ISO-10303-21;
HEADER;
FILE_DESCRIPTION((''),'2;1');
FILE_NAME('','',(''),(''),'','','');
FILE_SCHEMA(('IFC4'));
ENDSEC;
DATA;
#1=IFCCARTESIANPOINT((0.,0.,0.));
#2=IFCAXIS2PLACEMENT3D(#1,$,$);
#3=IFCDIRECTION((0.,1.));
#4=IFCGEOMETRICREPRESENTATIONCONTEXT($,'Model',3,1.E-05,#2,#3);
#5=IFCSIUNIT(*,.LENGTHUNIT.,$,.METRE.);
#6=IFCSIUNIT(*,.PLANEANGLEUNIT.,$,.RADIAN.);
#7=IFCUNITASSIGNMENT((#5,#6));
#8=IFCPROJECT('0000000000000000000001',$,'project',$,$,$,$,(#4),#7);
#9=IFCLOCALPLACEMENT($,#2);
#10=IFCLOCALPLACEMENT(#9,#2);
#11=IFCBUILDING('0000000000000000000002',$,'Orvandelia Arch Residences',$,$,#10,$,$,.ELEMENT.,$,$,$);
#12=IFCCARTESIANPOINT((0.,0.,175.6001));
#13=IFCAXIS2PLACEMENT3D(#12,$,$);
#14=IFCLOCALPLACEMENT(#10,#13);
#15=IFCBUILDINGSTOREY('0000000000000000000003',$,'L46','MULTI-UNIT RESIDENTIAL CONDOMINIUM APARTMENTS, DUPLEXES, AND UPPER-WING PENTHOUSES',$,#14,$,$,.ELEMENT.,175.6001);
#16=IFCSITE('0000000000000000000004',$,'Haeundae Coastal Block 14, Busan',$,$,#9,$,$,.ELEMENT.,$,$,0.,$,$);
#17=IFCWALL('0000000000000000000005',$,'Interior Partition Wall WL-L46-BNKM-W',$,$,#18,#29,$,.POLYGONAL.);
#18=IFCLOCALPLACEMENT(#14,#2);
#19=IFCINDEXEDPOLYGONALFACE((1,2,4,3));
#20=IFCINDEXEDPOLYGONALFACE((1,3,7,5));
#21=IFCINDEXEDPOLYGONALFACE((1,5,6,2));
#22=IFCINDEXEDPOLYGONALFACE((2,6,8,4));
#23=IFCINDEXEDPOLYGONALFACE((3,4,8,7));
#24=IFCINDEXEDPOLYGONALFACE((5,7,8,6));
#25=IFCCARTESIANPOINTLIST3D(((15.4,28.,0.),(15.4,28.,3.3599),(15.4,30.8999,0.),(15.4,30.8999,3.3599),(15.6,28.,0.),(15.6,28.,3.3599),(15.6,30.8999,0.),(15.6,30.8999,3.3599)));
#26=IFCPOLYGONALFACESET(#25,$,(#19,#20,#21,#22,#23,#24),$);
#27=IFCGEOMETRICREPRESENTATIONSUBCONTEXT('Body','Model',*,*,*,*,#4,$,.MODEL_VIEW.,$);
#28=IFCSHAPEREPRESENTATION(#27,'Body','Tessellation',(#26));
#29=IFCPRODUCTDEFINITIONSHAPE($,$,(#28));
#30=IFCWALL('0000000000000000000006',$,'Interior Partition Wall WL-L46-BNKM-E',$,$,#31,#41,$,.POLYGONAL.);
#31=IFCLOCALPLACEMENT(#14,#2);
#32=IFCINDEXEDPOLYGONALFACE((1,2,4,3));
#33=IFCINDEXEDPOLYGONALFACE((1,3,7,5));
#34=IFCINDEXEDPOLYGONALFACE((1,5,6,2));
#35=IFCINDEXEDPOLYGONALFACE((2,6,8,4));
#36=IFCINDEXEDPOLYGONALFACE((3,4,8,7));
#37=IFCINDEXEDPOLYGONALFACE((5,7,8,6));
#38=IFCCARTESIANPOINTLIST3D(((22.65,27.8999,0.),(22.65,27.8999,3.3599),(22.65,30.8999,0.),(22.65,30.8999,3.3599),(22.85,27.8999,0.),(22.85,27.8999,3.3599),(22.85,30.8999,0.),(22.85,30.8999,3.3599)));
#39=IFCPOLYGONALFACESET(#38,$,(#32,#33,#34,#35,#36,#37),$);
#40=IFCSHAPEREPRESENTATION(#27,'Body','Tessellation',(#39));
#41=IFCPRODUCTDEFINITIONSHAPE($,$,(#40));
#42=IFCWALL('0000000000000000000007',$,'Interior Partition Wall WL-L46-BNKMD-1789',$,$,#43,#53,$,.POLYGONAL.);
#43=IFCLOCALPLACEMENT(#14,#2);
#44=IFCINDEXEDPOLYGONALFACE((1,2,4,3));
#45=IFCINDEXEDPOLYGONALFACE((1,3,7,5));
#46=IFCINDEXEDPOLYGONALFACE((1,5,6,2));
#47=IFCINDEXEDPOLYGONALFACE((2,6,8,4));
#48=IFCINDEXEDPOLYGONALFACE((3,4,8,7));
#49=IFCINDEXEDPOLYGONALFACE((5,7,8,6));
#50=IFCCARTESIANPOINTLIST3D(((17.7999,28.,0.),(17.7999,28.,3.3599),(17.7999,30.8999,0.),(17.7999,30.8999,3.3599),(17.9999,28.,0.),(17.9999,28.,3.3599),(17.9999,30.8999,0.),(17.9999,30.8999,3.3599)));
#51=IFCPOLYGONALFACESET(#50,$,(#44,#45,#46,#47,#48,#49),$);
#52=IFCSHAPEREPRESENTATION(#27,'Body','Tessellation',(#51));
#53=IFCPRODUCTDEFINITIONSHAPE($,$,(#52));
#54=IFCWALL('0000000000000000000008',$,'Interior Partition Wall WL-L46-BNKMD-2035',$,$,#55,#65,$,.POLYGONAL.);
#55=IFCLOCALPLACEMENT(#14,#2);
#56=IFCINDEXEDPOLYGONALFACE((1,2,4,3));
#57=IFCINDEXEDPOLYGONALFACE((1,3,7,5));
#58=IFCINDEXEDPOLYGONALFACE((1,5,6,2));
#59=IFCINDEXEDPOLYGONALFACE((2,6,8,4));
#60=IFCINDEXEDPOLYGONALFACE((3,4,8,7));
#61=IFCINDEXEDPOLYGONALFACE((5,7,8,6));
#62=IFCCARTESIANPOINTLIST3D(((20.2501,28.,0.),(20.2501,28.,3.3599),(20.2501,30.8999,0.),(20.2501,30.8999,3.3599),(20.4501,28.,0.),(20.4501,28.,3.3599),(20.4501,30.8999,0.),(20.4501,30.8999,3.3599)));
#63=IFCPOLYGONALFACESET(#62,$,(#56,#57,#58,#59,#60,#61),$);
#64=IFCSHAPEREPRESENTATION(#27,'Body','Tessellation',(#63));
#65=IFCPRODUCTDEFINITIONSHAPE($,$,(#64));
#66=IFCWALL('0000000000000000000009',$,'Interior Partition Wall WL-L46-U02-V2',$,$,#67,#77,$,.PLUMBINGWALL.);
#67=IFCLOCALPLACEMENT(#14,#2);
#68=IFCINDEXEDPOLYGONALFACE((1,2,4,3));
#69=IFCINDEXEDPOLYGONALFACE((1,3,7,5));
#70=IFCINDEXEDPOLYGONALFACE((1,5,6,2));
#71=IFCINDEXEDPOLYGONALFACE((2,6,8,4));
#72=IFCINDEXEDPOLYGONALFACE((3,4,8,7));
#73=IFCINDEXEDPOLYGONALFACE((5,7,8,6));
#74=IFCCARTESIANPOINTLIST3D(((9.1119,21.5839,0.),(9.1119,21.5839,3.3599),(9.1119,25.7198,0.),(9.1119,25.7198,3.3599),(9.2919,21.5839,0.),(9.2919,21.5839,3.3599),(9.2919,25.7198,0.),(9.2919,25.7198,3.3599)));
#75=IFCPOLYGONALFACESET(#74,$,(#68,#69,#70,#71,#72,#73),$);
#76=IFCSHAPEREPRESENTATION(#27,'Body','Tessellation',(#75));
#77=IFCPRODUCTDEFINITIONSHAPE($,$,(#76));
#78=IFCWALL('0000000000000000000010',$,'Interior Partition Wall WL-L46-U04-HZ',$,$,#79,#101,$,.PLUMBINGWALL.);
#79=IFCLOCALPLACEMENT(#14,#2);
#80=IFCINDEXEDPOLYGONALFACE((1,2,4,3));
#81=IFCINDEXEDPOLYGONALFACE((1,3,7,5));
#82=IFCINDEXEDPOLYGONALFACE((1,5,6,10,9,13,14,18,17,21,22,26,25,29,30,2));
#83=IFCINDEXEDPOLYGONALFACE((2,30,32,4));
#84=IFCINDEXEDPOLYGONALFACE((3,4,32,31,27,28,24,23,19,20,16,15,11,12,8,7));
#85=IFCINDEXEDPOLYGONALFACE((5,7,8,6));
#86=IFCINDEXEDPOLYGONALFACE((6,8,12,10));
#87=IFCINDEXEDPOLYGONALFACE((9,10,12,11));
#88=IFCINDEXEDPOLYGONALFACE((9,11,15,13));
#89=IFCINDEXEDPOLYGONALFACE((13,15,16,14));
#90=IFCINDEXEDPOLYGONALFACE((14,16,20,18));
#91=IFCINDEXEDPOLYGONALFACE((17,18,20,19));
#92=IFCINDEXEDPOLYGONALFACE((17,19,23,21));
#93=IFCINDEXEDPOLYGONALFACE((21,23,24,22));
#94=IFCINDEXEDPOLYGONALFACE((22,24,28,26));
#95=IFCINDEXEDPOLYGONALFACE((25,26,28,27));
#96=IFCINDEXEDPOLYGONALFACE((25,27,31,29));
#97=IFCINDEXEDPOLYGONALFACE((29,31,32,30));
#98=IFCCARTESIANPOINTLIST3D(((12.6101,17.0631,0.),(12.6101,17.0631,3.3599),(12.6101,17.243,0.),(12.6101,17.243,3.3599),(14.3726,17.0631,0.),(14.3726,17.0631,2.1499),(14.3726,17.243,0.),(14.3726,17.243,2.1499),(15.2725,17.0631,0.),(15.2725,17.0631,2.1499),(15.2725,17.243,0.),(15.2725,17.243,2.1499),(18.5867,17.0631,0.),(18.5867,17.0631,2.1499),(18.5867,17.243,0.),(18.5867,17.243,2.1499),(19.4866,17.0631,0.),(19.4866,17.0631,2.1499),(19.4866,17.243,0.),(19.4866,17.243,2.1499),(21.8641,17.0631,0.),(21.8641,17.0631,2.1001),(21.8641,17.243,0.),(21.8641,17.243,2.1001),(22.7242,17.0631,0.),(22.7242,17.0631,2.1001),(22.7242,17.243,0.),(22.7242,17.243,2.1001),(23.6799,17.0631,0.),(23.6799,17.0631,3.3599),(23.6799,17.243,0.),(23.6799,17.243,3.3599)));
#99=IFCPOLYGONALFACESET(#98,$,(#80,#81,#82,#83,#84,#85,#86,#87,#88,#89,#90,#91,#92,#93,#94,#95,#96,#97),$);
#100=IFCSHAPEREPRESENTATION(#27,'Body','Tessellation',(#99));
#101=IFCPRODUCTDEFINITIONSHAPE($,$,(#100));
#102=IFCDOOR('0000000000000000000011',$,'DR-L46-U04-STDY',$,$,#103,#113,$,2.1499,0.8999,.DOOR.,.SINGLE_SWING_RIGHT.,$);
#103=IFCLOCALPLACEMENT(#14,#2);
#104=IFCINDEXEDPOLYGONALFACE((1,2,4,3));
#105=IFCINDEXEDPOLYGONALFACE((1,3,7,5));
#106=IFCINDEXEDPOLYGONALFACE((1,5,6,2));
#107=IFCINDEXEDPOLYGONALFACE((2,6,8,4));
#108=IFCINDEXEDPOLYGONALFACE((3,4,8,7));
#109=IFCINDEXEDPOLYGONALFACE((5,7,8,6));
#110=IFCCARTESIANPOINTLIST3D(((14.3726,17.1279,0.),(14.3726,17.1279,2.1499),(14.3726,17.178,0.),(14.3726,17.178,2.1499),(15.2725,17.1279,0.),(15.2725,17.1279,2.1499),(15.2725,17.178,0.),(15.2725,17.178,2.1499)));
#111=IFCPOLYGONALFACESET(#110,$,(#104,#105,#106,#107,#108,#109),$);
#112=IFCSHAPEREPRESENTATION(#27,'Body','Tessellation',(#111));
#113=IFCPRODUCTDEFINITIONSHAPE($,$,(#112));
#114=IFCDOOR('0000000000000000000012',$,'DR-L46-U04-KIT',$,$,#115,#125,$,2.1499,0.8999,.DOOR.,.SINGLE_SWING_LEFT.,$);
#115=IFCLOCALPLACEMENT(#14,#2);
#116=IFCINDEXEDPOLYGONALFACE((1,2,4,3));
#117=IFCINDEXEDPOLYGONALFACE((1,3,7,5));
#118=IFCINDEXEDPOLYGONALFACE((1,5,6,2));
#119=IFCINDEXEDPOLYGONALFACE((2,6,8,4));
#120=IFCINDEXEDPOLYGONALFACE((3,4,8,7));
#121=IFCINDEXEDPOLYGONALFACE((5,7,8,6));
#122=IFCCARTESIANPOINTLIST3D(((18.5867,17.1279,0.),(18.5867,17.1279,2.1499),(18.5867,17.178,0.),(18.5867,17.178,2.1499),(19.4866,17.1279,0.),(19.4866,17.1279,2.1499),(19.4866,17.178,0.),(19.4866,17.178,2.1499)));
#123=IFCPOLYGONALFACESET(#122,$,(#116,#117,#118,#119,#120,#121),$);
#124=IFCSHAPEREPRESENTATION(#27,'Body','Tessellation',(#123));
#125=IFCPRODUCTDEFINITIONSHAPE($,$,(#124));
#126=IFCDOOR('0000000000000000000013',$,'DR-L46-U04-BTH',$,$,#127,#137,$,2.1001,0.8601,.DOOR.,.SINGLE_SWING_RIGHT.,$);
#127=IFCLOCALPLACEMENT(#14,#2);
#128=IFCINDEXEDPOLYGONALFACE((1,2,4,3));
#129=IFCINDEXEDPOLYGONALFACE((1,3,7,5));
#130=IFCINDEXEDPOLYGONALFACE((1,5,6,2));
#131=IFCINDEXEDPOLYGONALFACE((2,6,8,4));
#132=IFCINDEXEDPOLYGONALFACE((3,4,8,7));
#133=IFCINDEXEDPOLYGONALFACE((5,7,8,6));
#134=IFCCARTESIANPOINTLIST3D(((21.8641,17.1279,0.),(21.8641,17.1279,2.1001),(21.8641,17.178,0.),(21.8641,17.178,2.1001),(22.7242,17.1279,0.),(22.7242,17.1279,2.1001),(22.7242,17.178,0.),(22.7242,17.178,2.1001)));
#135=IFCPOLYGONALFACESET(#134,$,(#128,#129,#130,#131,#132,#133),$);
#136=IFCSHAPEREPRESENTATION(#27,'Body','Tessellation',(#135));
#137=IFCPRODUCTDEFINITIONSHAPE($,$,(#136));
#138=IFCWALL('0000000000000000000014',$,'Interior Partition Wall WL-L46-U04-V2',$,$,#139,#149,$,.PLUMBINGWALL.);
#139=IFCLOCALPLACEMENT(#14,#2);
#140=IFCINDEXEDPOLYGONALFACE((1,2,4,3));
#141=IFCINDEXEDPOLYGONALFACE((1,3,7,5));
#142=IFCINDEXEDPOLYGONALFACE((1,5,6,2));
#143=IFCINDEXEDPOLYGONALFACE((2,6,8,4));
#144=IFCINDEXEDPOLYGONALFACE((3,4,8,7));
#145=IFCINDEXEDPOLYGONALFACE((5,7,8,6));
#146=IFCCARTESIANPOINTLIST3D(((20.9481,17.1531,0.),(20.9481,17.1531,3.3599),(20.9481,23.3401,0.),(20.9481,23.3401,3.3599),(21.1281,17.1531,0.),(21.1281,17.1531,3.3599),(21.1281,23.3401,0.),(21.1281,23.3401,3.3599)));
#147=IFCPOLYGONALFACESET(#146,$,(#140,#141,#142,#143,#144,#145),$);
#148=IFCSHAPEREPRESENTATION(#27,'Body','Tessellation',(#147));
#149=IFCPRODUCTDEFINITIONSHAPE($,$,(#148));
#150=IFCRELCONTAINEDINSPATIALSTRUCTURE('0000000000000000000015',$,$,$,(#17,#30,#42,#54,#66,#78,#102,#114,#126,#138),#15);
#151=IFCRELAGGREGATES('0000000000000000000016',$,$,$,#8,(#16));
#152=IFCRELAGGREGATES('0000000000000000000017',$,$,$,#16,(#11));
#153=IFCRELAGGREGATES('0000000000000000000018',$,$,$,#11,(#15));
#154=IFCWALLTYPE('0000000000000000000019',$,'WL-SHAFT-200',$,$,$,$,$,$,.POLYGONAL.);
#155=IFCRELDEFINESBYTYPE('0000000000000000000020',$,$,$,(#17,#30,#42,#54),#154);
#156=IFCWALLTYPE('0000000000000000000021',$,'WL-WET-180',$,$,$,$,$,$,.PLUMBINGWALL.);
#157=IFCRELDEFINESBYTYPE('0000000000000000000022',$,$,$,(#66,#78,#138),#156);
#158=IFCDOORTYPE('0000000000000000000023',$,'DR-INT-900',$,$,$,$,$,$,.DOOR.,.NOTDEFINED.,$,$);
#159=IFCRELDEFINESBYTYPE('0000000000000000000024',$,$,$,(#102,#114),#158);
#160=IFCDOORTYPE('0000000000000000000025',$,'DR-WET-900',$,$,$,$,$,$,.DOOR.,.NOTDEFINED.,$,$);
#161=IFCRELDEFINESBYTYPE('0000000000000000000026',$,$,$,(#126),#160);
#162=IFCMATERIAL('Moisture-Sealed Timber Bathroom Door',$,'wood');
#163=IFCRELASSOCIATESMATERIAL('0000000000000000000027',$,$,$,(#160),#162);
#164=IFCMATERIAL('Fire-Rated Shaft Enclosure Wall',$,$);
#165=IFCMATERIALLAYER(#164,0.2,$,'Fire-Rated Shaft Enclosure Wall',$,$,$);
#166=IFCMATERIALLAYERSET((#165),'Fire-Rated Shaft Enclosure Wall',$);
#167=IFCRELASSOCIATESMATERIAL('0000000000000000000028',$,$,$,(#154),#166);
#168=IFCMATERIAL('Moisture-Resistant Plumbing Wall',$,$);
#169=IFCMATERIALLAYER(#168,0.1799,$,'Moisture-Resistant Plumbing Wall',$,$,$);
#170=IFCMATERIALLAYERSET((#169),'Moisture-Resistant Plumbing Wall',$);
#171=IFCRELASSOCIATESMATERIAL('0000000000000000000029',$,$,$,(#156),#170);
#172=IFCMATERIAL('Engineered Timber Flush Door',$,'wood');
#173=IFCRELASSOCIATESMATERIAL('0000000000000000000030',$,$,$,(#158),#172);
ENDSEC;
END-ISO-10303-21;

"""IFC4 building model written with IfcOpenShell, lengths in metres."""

from ifc_helpers import new_model, si_unit, direction, frame, frame_2d, origin, place, context, subcontext, project, spatial, rectangle, extrude, material, layer, layer_set, type_object, element, fill, save


model = new_model("IFC4")

# Units and contexts
model_context = context("Model", 3, precision=1e-05, world=origin(), true_north=direction((0.0, 1.0)))
body_context = subcontext(model_context, "Body", "Model", "MODEL_VIEW")
ifc_project = project(units=[si_unit("LENGTHUNIT", "METRE"), si_unit("PLANEANGLEUNIT", "RADIAN")], contexts=[model_context])

# Site, building, storey
site_placement = place(None, origin())
site = spatial("IfcSite", under=ifc_project, at=site_placement, Name="Haeundae Coastal Block 14, Busan", CompositionType="ELEMENT", RefElevation=0.0)
building_placement = place(site_placement, origin())
building = spatial("IfcBuilding", under=site, at=building_placement, Name="Orvandelia Arch Residences", CompositionType="ELEMENT")
storey_placement = place(building_placement, frame((0.0, 0.0, 175.6001)))
storey = spatial("IfcBuildingStorey", under=building, at=storey_placement, Name="L46", Description="MULTI-UNIT RESIDENTIAL CONDOMINIUM APARTMENTS, DUPLEXES, AND UPPER-WING PENTHOUSES", CompositionType="ELEMENT", Elevation=175.6001)

# Shared definitions
ifc_material_1 = material(Name="Moisture-Sealed Timber Bathroom Door", Category="wood")
door_type_1 = type_object("IfcDoorType", Name="DR-WET-900", OperationType="NOTDEFINED", PredefinedType="DOOR", material=ifc_material_1)

# Shared definitions
ifc_material_2 = material(Name="Fire-Rated Shaft Enclosure Wall")
ifc_layer_1 = layer(ifc_material_2, 0.2, Name="Fire-Rated Shaft Enclosure Wall")
ifc_layer_set_1 = layer_set([ifc_layer_1], Name="Fire-Rated Shaft Enclosure Wall")
wall_type_1 = type_object("IfcWallType", Name="WL-SHAFT-200", PredefinedType="POLYGONAL", material=ifc_layer_set_1)

# Walls
wall_1_placement = place(storey_placement, frame((15.5, 28.0, 0.0), z_axis=(0.0, 0.0, 1.0), x_axis=(0.0, 1.0, 0.0)))
element("IfcWall", 1, at=wall_1_placement, inside=storey, type_object=wall_type_1, Name="Interior Partition Wall WL-L46-BNKM-W", PredefinedType="POLYGONAL", context=body_context, shape_type="SweptSolid", body=[
    extrude(rectangle(XDim=2.8999, YDim=0.2, at=frame_2d((1.45, 0.0))), origin(), (0.0, 0.0, 1.0), 3.3599),
])
wall_2_placement = place(storey_placement, frame((22.75, 27.8999, 0.0), z_axis=(0.0, 0.0, 1.0), x_axis=(0.0, 1.0, 0.0)))
element("IfcWall", 2, at=wall_2_placement, inside=storey, type_object=wall_type_1, Name="Interior Partition Wall WL-L46-BNKM-E", PredefinedType="POLYGONAL", context=body_context, shape_type="SweptSolid", body=[
    extrude(rectangle(XDim=3.0, YDim=0.2, at=frame_2d((1.5, 0.0))), origin(), (0.0, 0.0, 1.0), 3.3599),
])
for number, where, z_axis, x_axis, name in (
    (3, (17.8999, 28.0, 0.0), (0.0, 0.0, 1.0), (0.0, 1.0, 0.0), "Interior Partition Wall WL-L46-BNKMD-1789"),
    (4, (20.3501, 28.0, 0.0), (0.0, 0.0, 1.0), (0.0, 1.0, 0.0), "Interior Partition Wall WL-L46-BNKMD-2035"),
):
    element("IfcWall", number, at=place(storey_placement, frame(where, z_axis=z_axis, x_axis=x_axis)), inside=storey, type_object=wall_type_1, Name=name, PredefinedType="POLYGONAL", context=body_context, shape_type="SweptSolid", body=[
        extrude(rectangle(XDim=2.8999, YDim=0.2, at=frame_2d((1.45, 0.0))), origin(), (0.0, 0.0, 1.0), 3.3599),
    ])
ifc_material_3 = material(Name="Moisture-Resistant Plumbing Wall")
ifc_layer_2 = layer(ifc_material_3, 0.1799, Name="Moisture-Resistant Plumbing Wall")
ifc_layer_set_2 = layer_set([ifc_layer_2], Name="Moisture-Resistant Plumbing Wall")
wall_type_2 = type_object("IfcWallType", Name="WL-WET-180", PredefinedType="PLUMBINGWALL", material=ifc_layer_set_2)
wall_3_placement = place(storey_placement, frame((9.2019, 21.584, 0.0), z_axis=(0.0, 0.0, 1.0), x_axis=(0.0, 1.0, 0.0)))
element("IfcWall", 5, at=wall_3_placement, inside=storey, type_object=wall_type_2, Name="Interior Partition Wall WL-L46-U02-V2", PredefinedType="PLUMBINGWALL", context=body_context, shape_type="SweptSolid", body=[
    extrude(rectangle(XDim=4.136, YDim=0.1799, at=frame_2d((2.0679, 0.0))), origin(), (0.0, 0.0, 1.0), 3.3599),
])

# Wall, openings, doors
wall_4_placement = place(storey_placement, frame((12.6101, 17.1531, 0.0), z_axis=(0.0, 0.0, 1.0), x_axis=(1.0, 0.0, 0.0)))
wall_4 = element("IfcWall", 6, at=wall_4_placement, inside=storey, type_object=wall_type_2, Name="Interior Partition Wall WL-L46-U04-HZ", PredefinedType="PLUMBINGWALL", context=body_context, shape_type="SweptSolid", body=[
    extrude(rectangle(XDim=11.0698, YDim=0.1799, at=frame_2d((5.5349, 0.0))), origin(), (0.0, 0.0, 1.0), 3.3599),
])
opening_1_placement = place(wall_4_placement, frame((1.7625, 0.0, 0.0)))
opening_1 = element("IfcOpeningElement", 7, at=opening_1_placement, cuts=wall_4, PredefinedType="OPENING", context=body_context, shape_type="SweptSolid", body=[
    extrude(rectangle(XDim=0.8999, YDim=2.1499, at=frame_2d((0.45, 1.075))), frame((0.0, 0.1001, 0.0), z_axis=(0.0, -1.0, 0.0), x_axis=(1.0, 0.0, 0.0)), (0.0, 0.0, 1.0), 0.2),
])
opening_2_placement = place(wall_4_placement, frame((5.9766, 0.0, 0.0)))
opening_2 = element("IfcOpeningElement", 8, at=opening_2_placement, cuts=wall_4, PredefinedType="OPENING", context=body_context, shape_type="SweptSolid", body=[
    extrude(rectangle(XDim=0.8999, YDim=2.1499, at=frame_2d((0.45, 1.075))), frame((0.0, 0.1001, 0.0), z_axis=(0.0, -1.0, 0.0), x_axis=(1.0, 0.0, 0.0)), (0.0, 0.0, 1.0), 0.2),
])
opening_3_placement = place(wall_4_placement, frame((9.2539, 0.0, 0.0)))
opening_3 = element("IfcOpeningElement", 9, at=opening_3_placement, cuts=wall_4, PredefinedType="OPENING", context=body_context, shape_type="SweptSolid", body=[
    extrude(rectangle(XDim=0.8601, YDim=2.1001, at=frame_2d((0.4302, 1.05))), frame((0.0, 0.1001, 0.0), z_axis=(0.0, -1.0, 0.0), x_axis=(1.0, 0.0, 0.0)), (0.0, 0.0, 1.0), 0.2),
])
ifc_material_4 = material(Name="Engineered Timber Flush Door", Category="wood")
door_type_2 = type_object("IfcDoorType", Name="DR-INT-900", OperationType="NOTDEFINED", PredefinedType="DOOR", material=ifc_material_4)
door_1_placement = place(opening_1_placement, origin())
door_1 = element("IfcDoor", 10, at=door_1_placement, inside=storey, type_object=door_type_2, Name="DR-L46-U04-STDY", OperationType="SINGLE_SWING_RIGHT", OverallHeight=2.1499, OverallWidth=0.8999, PredefinedType="DOOR", context=body_context, shape_type="SweptSolid", body=[
    extrude(rectangle(XDim=0.8999, YDim=2.1499, at=frame_2d((0.45, 1.075))), frame((0.0, 0.0249, 0.0), z_axis=(0.0, -1.0, 0.0), x_axis=(1.0, 0.0, 0.0)), (0.0, 0.0, 1.0), 0.05),
])
fill(opening_1, door_1)
door_2_placement = place(opening_2_placement, origin())
door_2 = element("IfcDoor", 11, at=door_2_placement, inside=storey, type_object=door_type_2, Name="DR-L46-U04-KIT", OperationType="SINGLE_SWING_LEFT", OverallHeight=2.1499, OverallWidth=0.8999, PredefinedType="DOOR", context=body_context, shape_type="SweptSolid", body=[
    extrude(rectangle(XDim=0.8999, YDim=2.1499, at=frame_2d((0.45, 1.075))), frame((0.0, 0.0249, 0.0), z_axis=(0.0, -1.0, 0.0), x_axis=(1.0, 0.0, 0.0)), (0.0, 0.0, 1.0), 0.05),
])
fill(opening_2, door_2)
door_3_placement = place(opening_3_placement, origin())
door_3 = element("IfcDoor", 12, at=door_3_placement, inside=storey, type_object=door_type_1, Name="DR-L46-U04-BTH", OperationType="SINGLE_SWING_RIGHT", OverallHeight=2.1001, OverallWidth=0.8601, PredefinedType="DOOR", context=body_context, shape_type="SweptSolid", body=[
    extrude(rectangle(XDim=0.8601, YDim=2.1001, at=frame_2d((0.4302, 1.05))), frame((0.0, 0.0249, 0.0), z_axis=(0.0, -1.0, 0.0), x_axis=(1.0, 0.0, 0.0)), (0.0, 0.0, 1.0), 0.05),
])
fill(opening_3, door_3)

# Wall
wall_5_placement = place(storey_placement, frame((21.0381, 17.1531, 0.0), z_axis=(0.0, 0.0, 1.0), x_axis=(0.0, 1.0, 0.0)))
element("IfcWall", 13, at=wall_5_placement, inside=storey, type_object=wall_type_2, Name="Interior Partition Wall WL-L46-U04-V2", PredefinedType="PLUMBINGWALL", context=body_context, shape_type="SweptSolid", body=[
    extrude(rectangle(XDim=6.187, YDim=0.1799, at=frame_2d((3.0935, 0.0))), origin(), (0.0, 0.0, 1.0), 3.3599),
])

save(model, "model.ifc")
